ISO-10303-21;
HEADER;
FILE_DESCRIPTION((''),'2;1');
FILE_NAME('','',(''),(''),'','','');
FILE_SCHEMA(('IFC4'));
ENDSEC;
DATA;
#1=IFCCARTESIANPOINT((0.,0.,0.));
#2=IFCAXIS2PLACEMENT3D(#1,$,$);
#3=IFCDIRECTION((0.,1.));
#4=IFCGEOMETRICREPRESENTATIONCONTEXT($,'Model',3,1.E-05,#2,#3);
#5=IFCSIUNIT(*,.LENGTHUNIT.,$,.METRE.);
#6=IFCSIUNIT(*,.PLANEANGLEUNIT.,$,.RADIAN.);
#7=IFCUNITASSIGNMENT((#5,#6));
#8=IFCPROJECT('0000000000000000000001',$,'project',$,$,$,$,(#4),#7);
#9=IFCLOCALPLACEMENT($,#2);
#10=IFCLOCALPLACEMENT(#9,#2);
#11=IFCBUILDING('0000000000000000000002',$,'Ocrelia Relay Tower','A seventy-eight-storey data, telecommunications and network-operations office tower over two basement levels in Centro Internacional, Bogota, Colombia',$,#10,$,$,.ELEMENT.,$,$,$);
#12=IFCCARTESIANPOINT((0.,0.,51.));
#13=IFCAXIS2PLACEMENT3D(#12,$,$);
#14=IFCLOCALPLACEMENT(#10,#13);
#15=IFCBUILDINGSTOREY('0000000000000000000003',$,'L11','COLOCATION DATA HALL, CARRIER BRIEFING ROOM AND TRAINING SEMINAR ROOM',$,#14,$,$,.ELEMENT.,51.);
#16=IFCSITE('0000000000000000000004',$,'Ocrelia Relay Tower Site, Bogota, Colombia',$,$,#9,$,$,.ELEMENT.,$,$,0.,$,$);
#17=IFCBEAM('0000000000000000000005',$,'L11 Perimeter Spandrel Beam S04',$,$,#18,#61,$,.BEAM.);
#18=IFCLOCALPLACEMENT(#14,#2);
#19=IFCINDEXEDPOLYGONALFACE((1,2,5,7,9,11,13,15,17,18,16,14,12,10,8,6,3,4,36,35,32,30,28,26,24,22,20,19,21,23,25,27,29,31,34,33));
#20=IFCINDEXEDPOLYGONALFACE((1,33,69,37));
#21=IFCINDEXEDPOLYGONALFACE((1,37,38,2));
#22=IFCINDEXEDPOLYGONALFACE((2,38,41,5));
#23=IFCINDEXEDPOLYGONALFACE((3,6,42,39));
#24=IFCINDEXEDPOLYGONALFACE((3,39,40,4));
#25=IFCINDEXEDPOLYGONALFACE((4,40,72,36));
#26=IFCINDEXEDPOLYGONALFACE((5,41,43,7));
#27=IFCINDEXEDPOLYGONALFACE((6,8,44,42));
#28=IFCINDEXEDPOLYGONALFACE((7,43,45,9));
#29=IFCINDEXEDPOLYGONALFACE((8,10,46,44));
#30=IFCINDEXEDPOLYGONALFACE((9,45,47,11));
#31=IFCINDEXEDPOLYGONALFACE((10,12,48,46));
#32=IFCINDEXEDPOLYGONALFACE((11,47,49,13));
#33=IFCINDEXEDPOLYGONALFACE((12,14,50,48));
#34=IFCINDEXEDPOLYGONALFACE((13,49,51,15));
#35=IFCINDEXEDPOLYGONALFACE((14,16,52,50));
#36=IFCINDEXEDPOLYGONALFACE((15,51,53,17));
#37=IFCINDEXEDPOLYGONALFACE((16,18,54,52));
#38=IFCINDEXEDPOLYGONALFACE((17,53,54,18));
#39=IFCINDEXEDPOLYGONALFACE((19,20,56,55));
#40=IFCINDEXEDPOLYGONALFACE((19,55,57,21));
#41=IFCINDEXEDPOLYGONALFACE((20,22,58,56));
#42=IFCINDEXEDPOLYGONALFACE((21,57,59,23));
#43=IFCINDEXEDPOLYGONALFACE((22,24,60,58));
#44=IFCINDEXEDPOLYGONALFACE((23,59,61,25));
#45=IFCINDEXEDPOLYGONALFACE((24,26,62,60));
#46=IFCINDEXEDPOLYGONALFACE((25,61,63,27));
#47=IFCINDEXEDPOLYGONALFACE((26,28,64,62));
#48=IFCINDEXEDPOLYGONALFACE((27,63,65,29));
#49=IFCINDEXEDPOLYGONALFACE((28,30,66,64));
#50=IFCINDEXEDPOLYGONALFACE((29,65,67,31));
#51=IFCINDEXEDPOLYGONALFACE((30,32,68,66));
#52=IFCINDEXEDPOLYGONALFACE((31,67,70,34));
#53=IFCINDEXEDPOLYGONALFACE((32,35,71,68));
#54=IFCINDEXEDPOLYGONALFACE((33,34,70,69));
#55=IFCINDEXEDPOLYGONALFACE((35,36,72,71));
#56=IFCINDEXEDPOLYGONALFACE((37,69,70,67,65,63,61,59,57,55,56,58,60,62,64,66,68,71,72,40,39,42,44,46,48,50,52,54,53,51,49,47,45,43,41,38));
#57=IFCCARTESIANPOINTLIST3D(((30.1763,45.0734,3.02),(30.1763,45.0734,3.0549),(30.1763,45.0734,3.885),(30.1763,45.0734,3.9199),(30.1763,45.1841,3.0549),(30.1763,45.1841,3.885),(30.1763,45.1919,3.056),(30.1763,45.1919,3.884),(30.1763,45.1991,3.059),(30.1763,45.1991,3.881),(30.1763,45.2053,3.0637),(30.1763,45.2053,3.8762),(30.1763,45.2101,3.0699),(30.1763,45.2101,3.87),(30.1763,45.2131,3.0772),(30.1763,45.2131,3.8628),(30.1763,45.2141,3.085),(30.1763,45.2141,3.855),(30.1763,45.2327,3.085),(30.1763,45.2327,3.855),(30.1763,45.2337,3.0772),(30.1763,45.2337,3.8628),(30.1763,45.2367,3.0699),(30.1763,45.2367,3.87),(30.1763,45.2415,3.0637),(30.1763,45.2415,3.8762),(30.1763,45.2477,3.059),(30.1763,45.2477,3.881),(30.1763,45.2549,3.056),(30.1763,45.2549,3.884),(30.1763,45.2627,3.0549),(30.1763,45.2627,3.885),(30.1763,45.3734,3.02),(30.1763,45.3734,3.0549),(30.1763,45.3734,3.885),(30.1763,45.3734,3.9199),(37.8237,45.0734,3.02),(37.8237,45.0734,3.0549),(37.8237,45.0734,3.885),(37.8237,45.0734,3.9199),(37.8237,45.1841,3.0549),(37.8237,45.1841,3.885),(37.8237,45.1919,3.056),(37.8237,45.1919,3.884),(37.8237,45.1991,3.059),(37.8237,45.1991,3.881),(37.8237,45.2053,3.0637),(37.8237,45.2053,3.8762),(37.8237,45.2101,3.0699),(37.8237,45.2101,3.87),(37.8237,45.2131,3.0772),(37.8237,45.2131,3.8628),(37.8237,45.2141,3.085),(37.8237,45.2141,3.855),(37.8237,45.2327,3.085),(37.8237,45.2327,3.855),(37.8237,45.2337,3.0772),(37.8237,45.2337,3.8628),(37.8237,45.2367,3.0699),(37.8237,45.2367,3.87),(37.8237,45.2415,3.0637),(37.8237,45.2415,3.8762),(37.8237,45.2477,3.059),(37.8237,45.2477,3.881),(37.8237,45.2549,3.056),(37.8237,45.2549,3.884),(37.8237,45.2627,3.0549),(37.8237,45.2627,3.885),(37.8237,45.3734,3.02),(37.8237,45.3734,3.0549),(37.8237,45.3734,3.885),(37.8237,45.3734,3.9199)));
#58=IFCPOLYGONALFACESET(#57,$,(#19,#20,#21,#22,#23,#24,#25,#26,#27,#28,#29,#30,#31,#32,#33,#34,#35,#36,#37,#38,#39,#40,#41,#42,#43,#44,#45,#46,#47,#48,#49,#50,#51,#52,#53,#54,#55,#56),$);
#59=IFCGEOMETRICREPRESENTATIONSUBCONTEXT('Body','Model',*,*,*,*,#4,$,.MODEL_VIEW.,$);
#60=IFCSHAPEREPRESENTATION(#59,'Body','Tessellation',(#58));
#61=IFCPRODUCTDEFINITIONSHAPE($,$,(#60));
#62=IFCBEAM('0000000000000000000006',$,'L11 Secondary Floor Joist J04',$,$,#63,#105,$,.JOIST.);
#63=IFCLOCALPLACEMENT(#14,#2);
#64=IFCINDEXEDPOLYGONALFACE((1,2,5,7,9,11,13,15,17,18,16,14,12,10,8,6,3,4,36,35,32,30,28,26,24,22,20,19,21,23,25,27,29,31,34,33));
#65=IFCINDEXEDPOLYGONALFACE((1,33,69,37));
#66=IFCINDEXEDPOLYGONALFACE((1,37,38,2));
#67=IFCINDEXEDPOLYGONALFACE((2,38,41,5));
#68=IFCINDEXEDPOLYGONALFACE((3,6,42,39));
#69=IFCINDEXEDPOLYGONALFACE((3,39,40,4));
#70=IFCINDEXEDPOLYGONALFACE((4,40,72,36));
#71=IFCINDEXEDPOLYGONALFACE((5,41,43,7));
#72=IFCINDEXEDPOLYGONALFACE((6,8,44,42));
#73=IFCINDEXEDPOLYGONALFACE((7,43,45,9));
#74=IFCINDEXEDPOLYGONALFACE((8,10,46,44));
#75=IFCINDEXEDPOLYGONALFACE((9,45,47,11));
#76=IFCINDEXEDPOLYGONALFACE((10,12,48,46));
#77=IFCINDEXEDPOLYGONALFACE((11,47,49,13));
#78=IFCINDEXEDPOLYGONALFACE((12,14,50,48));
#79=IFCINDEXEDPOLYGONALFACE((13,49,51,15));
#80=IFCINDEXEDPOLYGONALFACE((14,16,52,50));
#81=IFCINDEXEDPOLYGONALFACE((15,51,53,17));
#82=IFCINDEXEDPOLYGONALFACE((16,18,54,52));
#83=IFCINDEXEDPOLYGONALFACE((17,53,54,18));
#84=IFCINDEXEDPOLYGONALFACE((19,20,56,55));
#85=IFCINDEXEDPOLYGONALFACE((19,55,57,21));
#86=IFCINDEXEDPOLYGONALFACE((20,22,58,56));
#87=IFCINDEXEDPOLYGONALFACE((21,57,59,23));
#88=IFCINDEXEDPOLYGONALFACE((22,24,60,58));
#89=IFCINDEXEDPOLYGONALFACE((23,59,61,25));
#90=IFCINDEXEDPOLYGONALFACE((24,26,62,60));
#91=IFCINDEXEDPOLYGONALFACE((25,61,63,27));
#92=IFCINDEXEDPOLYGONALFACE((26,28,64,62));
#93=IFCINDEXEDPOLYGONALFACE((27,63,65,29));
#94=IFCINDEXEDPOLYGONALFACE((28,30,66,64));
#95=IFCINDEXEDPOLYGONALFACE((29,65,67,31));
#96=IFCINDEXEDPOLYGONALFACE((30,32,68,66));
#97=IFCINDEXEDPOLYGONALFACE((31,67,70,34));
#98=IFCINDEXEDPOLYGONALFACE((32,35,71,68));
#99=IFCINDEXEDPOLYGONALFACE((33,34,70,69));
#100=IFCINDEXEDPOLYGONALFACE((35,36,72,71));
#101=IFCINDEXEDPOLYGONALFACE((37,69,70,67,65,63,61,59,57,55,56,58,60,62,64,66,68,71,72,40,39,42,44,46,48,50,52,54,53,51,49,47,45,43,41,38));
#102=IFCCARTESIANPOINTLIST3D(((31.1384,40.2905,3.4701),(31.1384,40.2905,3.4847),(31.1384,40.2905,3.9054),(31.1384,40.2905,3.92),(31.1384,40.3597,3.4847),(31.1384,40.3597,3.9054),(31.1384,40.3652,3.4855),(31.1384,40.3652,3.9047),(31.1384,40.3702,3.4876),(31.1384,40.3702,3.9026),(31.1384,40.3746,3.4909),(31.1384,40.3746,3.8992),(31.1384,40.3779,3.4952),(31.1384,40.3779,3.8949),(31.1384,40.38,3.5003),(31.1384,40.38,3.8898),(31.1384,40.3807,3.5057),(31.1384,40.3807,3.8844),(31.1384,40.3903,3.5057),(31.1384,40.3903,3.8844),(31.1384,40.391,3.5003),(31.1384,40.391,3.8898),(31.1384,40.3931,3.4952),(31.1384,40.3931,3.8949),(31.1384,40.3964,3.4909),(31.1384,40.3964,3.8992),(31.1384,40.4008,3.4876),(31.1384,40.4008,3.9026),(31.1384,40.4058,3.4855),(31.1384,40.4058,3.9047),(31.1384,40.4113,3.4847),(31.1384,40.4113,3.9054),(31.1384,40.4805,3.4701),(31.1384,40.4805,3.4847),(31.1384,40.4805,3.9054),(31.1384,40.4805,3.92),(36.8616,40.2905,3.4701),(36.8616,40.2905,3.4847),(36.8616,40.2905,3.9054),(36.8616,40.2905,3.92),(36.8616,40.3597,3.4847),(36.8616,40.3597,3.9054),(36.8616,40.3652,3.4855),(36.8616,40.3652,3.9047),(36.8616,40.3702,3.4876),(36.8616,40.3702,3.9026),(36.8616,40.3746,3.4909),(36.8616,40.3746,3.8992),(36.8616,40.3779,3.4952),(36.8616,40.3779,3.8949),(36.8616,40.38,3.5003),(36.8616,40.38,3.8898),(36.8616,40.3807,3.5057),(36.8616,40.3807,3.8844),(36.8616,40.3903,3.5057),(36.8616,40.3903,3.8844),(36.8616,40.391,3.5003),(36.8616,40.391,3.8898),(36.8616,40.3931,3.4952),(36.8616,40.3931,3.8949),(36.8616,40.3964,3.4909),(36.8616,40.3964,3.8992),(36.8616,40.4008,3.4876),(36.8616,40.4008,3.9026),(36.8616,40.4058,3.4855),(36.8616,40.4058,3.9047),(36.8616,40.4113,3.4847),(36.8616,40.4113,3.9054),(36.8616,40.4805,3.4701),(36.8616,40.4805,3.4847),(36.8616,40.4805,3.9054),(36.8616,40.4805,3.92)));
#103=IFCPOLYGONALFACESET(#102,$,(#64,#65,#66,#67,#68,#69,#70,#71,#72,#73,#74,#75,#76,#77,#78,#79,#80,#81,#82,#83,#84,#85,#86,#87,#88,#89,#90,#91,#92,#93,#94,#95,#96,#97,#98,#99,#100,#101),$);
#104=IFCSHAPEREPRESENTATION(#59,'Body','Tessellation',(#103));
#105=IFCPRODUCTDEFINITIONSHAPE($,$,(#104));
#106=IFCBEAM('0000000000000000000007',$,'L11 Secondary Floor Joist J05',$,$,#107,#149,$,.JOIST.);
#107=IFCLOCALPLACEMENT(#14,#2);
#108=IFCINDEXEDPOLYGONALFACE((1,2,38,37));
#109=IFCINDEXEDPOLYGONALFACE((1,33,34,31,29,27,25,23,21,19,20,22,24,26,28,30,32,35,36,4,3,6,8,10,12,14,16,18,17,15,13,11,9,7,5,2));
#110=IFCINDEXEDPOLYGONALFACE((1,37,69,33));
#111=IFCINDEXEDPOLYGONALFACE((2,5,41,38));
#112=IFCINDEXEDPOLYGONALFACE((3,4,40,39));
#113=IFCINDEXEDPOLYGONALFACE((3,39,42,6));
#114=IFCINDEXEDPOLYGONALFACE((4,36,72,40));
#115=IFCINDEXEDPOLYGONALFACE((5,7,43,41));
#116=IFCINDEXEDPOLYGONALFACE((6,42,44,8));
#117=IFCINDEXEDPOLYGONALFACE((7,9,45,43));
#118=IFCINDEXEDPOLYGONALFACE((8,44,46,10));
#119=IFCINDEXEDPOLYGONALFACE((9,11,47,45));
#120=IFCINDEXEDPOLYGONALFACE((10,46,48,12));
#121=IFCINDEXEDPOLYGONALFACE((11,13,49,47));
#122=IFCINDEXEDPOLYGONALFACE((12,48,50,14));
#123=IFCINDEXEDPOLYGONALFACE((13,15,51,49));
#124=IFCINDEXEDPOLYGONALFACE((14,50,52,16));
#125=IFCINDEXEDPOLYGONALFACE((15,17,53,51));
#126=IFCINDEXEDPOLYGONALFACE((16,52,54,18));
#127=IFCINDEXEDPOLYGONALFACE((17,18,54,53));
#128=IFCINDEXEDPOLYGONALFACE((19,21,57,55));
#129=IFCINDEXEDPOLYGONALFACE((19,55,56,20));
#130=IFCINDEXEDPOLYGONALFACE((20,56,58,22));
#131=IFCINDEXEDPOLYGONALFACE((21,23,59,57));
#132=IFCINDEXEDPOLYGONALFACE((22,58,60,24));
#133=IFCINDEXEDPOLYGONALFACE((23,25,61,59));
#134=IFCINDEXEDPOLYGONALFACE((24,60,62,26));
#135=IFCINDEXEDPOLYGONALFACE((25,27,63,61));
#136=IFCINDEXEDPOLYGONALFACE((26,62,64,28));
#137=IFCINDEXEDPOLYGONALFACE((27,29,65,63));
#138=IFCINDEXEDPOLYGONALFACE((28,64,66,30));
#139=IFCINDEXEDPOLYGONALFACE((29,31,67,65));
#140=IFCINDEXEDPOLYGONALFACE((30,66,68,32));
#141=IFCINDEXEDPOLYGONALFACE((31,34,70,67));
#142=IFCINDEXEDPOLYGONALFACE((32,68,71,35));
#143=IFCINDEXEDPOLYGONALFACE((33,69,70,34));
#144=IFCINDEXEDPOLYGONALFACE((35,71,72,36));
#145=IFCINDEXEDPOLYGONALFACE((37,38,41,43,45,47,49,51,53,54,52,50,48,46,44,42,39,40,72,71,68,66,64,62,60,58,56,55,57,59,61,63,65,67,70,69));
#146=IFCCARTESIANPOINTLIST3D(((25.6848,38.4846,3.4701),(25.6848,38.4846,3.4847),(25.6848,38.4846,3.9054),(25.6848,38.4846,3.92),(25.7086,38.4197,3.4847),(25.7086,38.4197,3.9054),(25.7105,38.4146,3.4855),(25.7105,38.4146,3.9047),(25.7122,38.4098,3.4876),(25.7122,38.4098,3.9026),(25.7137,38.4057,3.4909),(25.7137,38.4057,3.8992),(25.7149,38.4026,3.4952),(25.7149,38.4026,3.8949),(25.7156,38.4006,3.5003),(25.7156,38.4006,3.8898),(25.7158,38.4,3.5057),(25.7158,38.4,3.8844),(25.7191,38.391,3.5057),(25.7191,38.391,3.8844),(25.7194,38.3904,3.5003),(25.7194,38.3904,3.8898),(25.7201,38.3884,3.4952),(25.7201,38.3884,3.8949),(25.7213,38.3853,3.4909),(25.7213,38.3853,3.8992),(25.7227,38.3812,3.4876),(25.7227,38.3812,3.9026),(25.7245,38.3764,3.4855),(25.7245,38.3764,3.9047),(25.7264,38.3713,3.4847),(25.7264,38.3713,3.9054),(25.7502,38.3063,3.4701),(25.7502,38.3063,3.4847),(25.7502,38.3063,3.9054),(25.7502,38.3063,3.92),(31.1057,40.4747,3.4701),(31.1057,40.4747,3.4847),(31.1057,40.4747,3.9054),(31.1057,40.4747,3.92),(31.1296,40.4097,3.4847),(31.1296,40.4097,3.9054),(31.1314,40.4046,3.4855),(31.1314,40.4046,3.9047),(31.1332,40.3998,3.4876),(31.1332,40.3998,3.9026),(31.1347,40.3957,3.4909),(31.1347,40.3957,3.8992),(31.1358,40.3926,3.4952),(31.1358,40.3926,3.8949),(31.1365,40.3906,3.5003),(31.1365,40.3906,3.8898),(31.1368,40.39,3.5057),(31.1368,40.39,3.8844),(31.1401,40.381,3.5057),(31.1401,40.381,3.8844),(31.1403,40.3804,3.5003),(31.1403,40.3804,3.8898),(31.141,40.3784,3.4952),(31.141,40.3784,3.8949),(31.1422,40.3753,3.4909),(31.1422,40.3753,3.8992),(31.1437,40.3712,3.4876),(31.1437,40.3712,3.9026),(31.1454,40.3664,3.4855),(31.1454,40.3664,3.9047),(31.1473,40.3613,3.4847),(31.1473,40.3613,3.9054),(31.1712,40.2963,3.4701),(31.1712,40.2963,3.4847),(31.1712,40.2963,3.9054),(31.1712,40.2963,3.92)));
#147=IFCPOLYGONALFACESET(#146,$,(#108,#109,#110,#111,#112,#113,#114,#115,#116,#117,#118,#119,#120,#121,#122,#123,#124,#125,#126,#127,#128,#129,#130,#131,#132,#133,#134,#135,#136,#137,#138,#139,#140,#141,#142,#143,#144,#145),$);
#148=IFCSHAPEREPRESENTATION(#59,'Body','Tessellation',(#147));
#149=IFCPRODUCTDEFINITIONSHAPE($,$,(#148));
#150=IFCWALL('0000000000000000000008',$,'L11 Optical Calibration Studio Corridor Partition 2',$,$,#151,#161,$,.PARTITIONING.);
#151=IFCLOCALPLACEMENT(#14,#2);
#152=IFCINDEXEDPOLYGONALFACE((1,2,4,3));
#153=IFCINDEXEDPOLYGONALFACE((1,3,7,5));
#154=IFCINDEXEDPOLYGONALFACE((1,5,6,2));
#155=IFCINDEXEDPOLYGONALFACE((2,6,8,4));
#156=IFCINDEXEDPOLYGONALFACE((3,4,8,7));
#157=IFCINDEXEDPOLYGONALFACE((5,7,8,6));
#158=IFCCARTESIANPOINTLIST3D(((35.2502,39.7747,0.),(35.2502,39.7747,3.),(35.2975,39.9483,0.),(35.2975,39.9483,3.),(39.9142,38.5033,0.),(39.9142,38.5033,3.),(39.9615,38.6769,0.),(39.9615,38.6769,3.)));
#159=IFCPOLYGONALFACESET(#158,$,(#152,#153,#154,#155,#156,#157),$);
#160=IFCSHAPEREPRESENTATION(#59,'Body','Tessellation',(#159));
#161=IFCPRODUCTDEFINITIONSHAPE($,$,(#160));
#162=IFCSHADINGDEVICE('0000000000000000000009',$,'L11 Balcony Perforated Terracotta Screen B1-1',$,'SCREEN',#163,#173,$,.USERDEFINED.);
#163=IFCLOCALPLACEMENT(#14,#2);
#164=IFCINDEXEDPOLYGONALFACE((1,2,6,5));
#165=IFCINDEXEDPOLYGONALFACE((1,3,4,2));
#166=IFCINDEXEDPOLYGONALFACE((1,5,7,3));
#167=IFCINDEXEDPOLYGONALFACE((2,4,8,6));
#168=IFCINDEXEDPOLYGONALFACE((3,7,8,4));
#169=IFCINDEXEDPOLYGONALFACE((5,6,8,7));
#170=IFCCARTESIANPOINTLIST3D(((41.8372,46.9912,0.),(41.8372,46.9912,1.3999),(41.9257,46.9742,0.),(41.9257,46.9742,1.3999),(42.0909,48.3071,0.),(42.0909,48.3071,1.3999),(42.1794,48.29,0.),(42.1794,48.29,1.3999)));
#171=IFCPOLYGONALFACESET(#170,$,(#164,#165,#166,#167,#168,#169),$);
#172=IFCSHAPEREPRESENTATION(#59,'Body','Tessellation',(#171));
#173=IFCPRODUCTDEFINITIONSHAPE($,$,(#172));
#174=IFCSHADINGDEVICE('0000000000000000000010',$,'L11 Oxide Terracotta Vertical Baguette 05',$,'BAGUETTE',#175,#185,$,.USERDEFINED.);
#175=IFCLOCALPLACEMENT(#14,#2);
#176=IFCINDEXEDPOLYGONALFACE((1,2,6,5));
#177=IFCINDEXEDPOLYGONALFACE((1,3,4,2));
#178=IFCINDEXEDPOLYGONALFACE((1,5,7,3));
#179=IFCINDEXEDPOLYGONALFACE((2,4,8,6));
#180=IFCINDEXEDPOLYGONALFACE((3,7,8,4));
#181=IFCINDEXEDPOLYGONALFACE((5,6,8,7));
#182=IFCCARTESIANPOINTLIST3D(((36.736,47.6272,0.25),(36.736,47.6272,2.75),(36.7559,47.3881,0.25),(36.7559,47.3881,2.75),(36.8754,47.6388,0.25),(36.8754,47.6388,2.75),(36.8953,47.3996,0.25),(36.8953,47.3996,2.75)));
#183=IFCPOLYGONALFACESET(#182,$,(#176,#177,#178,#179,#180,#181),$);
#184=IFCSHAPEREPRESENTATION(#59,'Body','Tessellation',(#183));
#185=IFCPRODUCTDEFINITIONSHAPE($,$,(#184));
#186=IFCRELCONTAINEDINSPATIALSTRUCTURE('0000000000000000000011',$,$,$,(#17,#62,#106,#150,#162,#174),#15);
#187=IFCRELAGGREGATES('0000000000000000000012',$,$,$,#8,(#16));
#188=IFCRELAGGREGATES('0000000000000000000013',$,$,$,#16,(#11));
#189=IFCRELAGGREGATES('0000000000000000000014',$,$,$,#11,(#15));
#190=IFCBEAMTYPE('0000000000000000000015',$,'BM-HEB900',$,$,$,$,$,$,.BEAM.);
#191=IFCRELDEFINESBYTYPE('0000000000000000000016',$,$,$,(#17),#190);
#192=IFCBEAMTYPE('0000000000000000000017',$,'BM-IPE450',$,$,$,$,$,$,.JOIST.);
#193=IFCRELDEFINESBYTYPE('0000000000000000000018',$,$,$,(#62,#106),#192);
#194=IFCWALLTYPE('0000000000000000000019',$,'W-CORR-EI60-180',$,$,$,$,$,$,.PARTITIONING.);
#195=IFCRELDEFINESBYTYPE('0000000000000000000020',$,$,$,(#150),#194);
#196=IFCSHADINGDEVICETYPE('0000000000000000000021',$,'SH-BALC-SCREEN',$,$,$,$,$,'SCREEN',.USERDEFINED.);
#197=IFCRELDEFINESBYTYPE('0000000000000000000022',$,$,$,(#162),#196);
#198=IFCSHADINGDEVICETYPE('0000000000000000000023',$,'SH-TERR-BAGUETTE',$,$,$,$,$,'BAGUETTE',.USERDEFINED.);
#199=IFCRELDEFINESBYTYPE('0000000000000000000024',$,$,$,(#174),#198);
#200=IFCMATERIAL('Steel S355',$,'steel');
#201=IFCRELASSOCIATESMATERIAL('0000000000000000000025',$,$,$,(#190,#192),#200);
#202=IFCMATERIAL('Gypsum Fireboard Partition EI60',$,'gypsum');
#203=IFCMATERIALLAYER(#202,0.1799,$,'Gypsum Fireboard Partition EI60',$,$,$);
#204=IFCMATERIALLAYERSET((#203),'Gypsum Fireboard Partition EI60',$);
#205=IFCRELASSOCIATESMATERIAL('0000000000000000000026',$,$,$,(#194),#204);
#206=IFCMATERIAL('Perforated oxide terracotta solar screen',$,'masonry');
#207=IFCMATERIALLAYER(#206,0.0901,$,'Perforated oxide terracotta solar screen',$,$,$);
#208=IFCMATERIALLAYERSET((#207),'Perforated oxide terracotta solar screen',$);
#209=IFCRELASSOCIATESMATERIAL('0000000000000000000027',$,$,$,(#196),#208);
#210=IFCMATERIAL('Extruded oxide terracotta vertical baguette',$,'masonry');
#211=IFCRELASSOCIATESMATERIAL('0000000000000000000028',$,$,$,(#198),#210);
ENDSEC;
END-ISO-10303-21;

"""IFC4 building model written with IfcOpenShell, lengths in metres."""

from ifc_helpers import new_model, si_unit, direction, frame, frame_2d, origin, origin_2d, place, context, subcontext, project, spatial, rectangle, i_section, extrude, material, layer, layer_set, material_profile, profile_set, type_object, element, save


model = new_model("IFC4")

# Units and contexts
model_context = context("Model", 3, precision=1e-05, world=origin(), true_north=direction((0.0, 1.0)))
body_context = subcontext(model_context, "Body", "Model", "MODEL_VIEW")
ifc_project = project(units=[si_unit("LENGTHUNIT", "METRE"), si_unit("PLANEANGLEUNIT", "RADIAN")], contexts=[model_context])

# Site, building, storey
site_placement = place(None, origin())
site = spatial("IfcSite", under=ifc_project, at=site_placement, Name="Ocrelia Relay Tower Site, Bogota, Colombia", CompositionType="ELEMENT", RefElevation=0.0)
building_placement = place(site_placement, origin())
building = spatial("IfcBuilding", under=site, at=building_placement, Name="Ocrelia Relay Tower", Description="A seventy-eight-storey data, telecommunications and network-operations office tower over two basement levels in Centro Internacional, Bogota, Colombia", CompositionType="ELEMENT")
storey_placement = place(building_placement, frame((0.0, 0.0, 51.0)))
storey = spatial("IfcBuildingStorey", under=building, at=storey_placement, Name="L11", Description="COLOCATION DATA HALL, CARRIER BRIEFING ROOM AND TRAINING SEMINAR ROOM", CompositionType="ELEMENT", Elevation=51.0)

# Beams
ifc_material_1 = material(Name="Steel S355", Category="steel")
ifc_material_profile_1 = material_profile(ifc_material_1, i_section(OverallWidth=0.3, OverallDepth=0.8999, WebThickness=0.0186, FlangeThickness=0.0349, FilletRadius=0.03, at=origin_2d()), Name="HEB 900")
ifc_profile_set_1 = profile_set([ifc_material_profile_1], Name="Steel S355")
beam_type_1 = type_object("IfcBeamType", Name="BM-HEB900", PredefinedType="BEAM", material=ifc_profile_set_1)
for number, where, z_axis, x_axis, name in (
    (1, (37.8237, 45.2234, 3.47), (-1.0, 0.0, 0.0), (0.0, -1.0, 0.0), "L11 Perimeter Spandrel Beam S04"),
):
    element("IfcBeam", number, at=place(storey_placement, frame(where, z_axis=z_axis, x_axis=x_axis)), inside=storey, type_object=beam_type_1, Name=name, PredefinedType="BEAM", context=body_context, shape_type="SweptSolid", body=[
        extrude(i_section(OverallWidth=0.3, OverallDepth=0.8999, WebThickness=0.0186, FlangeThickness=0.0349, FilletRadius=0.03, at=origin_2d()), origin(), (0.0, 0.0, 1.0), 7.6475),
    ])
ifc_material_profile_2 = material_profile(ifc_material_1, i_section(OverallWidth=0.1899, OverallDepth=0.45, WebThickness=0.0095, FlangeThickness=0.0146, FilletRadius=0.021, at=origin_2d()), Name="IPE 450")
ifc_profile_set_2 = profile_set([ifc_material_profile_2], Name="Steel S355")
beam_type_2 = type_object("IfcBeamType", Name="BM-IPE450", PredefinedType="JOIST", material=ifc_profile_set_2)
beam_1_placement = place(storey_placement, frame((36.8616, 40.3855, 3.6951), z_axis=(-1.0, 0.0, 0.0), x_axis=(0.0, -1.0, 0.0)))
element("IfcBeam", 2, at=beam_1_placement, inside=storey, type_object=beam_type_2, Name="L11 Secondary Floor Joist J04", PredefinedType="JOIST", context=body_context, shape_type="SweptSolid", body=[
    extrude(i_section(OverallWidth=0.1899, OverallDepth=0.45, WebThickness=0.0095, FlangeThickness=0.0146, FilletRadius=0.021, at=origin_2d()), origin(), (0.0, 0.0, 1.0), 5.7231),
])
beam_2_placement = place(storey_placement, frame((31.1384, 40.3855, 3.6951), z_axis=(-0.938746, -0.34461, 0.0), x_axis=(0.34461, -0.938746, 0.0)))
element("IfcBeam", 3, at=beam_2_placement, inside=storey, type_object=beam_type_2, Name="L11 Secondary Floor Joist J05", PredefinedType="JOIST", context=body_context, shape_type="SweptSolid", body=[
    extrude(i_section(OverallWidth=0.1899, OverallDepth=0.45, WebThickness=0.0095, FlangeThickness=0.0146, FilletRadius=0.021, at=origin_2d()), origin(), (0.0, 0.0, 1.0), 5.7747),
])

# Wall
ifc_material_2 = material(Name="Gypsum Fireboard Partition EI60", Category="gypsum")
ifc_layer_1 = layer(ifc_material_2, 0.1799, Name="Gypsum Fireboard Partition EI60")
ifc_layer_set_1 = layer_set([ifc_layer_1], Name="Gypsum Fireboard Partition EI60")
wall_type_1 = type_object("IfcWallType", Name="W-CORR-EI60-180", PredefinedType="PARTITIONING", material=ifc_layer_set_1)
wall_1_placement = place(storey_placement, frame((39.9377, 38.5901, 0.0), z_axis=(0.0, 0.0, 1.0), x_axis=(-0.964792, 0.263015, 0.0)))
element("IfcWall", 4, at=wall_1_placement, inside=storey, type_object=wall_type_1, Name="L11 Optical Calibration Studio Corridor Partition 2", PredefinedType="PARTITIONING", context=body_context, shape_type="SweptSolid", body=[
    extrude(rectangle(XDim=4.8342, YDim=0.1799, at=frame_2d((2.417, 0.0))), origin(), (0.0, 0.0, 1.0), 3.0),
])

# Shading devices
ifc_material_3 = material(Name="Perforated oxide terracotta solar screen", Category="masonry")
ifc_layer_2 = layer(ifc_material_3, 0.0901, Name="Perforated oxide terracotta solar screen")
ifc_layer_set_2 = layer_set([ifc_layer_2], Name="Perforated oxide terracotta solar screen")
shading_device_type_1 = type_object("IfcShadingDeviceType", Name="SH-BALC-SCREEN", ElementType="SCREEN", PredefinedType="USERDEFINED", material=ifc_layer_set_2)
shading_device_1_placement = place(storey_placement, frame((42.0083, 47.6406, 0.0), z_axis=(0.0, 0.0, 1.0), x_axis=(0.189308, 0.981918, 0.0)))
element("IfcShadingDevice", 5, at=shading_device_1_placement, inside=storey, type_object=shading_device_type_1, Name="L11 Balcony Perforated Terracotta Screen B1-1", ObjectType="SCREEN", PredefinedType="USERDEFINED", context=body_context, shape_type="SweptSolid", body=[
    extrude(rectangle(XDim=1.3401, YDim=0.0901, at=origin_2d()), origin(), (0.0, 0.0, 1.0), 1.3999),
])
ifc_material_4 = material(Name="Extruded oxide terracotta vertical baguette", Category="masonry")
shading_device_type_2 = type_object("IfcShadingDeviceType", Name="SH-TERR-BAGUETTE", ElementType="BAGUETTE", PredefinedType="USERDEFINED", material=ifc_material_4)
shading_device_2_placement = place(storey_placement, frame((36.8157, 47.5134, 0.25), z_axis=(0.0, 0.0, 1.0), x_axis=(-0.996566, -0.082808, 0.0)))
element("IfcShadingDevice", 6, at=shading_device_2_placement, inside=storey, type_object=shading_device_type_2, Name="L11 Oxide Terracotta Vertical Baguette 05", ObjectType="BAGUETTE", PredefinedType="USERDEFINED", context=body_context, shape_type="SweptSolid", body=[
    extrude(rectangle(XDim=0.1399, YDim=0.24, at=origin_2d()), origin(), (0.0, 0.0, 1.0), 2.5),
])

save(model, "model.ifc")
